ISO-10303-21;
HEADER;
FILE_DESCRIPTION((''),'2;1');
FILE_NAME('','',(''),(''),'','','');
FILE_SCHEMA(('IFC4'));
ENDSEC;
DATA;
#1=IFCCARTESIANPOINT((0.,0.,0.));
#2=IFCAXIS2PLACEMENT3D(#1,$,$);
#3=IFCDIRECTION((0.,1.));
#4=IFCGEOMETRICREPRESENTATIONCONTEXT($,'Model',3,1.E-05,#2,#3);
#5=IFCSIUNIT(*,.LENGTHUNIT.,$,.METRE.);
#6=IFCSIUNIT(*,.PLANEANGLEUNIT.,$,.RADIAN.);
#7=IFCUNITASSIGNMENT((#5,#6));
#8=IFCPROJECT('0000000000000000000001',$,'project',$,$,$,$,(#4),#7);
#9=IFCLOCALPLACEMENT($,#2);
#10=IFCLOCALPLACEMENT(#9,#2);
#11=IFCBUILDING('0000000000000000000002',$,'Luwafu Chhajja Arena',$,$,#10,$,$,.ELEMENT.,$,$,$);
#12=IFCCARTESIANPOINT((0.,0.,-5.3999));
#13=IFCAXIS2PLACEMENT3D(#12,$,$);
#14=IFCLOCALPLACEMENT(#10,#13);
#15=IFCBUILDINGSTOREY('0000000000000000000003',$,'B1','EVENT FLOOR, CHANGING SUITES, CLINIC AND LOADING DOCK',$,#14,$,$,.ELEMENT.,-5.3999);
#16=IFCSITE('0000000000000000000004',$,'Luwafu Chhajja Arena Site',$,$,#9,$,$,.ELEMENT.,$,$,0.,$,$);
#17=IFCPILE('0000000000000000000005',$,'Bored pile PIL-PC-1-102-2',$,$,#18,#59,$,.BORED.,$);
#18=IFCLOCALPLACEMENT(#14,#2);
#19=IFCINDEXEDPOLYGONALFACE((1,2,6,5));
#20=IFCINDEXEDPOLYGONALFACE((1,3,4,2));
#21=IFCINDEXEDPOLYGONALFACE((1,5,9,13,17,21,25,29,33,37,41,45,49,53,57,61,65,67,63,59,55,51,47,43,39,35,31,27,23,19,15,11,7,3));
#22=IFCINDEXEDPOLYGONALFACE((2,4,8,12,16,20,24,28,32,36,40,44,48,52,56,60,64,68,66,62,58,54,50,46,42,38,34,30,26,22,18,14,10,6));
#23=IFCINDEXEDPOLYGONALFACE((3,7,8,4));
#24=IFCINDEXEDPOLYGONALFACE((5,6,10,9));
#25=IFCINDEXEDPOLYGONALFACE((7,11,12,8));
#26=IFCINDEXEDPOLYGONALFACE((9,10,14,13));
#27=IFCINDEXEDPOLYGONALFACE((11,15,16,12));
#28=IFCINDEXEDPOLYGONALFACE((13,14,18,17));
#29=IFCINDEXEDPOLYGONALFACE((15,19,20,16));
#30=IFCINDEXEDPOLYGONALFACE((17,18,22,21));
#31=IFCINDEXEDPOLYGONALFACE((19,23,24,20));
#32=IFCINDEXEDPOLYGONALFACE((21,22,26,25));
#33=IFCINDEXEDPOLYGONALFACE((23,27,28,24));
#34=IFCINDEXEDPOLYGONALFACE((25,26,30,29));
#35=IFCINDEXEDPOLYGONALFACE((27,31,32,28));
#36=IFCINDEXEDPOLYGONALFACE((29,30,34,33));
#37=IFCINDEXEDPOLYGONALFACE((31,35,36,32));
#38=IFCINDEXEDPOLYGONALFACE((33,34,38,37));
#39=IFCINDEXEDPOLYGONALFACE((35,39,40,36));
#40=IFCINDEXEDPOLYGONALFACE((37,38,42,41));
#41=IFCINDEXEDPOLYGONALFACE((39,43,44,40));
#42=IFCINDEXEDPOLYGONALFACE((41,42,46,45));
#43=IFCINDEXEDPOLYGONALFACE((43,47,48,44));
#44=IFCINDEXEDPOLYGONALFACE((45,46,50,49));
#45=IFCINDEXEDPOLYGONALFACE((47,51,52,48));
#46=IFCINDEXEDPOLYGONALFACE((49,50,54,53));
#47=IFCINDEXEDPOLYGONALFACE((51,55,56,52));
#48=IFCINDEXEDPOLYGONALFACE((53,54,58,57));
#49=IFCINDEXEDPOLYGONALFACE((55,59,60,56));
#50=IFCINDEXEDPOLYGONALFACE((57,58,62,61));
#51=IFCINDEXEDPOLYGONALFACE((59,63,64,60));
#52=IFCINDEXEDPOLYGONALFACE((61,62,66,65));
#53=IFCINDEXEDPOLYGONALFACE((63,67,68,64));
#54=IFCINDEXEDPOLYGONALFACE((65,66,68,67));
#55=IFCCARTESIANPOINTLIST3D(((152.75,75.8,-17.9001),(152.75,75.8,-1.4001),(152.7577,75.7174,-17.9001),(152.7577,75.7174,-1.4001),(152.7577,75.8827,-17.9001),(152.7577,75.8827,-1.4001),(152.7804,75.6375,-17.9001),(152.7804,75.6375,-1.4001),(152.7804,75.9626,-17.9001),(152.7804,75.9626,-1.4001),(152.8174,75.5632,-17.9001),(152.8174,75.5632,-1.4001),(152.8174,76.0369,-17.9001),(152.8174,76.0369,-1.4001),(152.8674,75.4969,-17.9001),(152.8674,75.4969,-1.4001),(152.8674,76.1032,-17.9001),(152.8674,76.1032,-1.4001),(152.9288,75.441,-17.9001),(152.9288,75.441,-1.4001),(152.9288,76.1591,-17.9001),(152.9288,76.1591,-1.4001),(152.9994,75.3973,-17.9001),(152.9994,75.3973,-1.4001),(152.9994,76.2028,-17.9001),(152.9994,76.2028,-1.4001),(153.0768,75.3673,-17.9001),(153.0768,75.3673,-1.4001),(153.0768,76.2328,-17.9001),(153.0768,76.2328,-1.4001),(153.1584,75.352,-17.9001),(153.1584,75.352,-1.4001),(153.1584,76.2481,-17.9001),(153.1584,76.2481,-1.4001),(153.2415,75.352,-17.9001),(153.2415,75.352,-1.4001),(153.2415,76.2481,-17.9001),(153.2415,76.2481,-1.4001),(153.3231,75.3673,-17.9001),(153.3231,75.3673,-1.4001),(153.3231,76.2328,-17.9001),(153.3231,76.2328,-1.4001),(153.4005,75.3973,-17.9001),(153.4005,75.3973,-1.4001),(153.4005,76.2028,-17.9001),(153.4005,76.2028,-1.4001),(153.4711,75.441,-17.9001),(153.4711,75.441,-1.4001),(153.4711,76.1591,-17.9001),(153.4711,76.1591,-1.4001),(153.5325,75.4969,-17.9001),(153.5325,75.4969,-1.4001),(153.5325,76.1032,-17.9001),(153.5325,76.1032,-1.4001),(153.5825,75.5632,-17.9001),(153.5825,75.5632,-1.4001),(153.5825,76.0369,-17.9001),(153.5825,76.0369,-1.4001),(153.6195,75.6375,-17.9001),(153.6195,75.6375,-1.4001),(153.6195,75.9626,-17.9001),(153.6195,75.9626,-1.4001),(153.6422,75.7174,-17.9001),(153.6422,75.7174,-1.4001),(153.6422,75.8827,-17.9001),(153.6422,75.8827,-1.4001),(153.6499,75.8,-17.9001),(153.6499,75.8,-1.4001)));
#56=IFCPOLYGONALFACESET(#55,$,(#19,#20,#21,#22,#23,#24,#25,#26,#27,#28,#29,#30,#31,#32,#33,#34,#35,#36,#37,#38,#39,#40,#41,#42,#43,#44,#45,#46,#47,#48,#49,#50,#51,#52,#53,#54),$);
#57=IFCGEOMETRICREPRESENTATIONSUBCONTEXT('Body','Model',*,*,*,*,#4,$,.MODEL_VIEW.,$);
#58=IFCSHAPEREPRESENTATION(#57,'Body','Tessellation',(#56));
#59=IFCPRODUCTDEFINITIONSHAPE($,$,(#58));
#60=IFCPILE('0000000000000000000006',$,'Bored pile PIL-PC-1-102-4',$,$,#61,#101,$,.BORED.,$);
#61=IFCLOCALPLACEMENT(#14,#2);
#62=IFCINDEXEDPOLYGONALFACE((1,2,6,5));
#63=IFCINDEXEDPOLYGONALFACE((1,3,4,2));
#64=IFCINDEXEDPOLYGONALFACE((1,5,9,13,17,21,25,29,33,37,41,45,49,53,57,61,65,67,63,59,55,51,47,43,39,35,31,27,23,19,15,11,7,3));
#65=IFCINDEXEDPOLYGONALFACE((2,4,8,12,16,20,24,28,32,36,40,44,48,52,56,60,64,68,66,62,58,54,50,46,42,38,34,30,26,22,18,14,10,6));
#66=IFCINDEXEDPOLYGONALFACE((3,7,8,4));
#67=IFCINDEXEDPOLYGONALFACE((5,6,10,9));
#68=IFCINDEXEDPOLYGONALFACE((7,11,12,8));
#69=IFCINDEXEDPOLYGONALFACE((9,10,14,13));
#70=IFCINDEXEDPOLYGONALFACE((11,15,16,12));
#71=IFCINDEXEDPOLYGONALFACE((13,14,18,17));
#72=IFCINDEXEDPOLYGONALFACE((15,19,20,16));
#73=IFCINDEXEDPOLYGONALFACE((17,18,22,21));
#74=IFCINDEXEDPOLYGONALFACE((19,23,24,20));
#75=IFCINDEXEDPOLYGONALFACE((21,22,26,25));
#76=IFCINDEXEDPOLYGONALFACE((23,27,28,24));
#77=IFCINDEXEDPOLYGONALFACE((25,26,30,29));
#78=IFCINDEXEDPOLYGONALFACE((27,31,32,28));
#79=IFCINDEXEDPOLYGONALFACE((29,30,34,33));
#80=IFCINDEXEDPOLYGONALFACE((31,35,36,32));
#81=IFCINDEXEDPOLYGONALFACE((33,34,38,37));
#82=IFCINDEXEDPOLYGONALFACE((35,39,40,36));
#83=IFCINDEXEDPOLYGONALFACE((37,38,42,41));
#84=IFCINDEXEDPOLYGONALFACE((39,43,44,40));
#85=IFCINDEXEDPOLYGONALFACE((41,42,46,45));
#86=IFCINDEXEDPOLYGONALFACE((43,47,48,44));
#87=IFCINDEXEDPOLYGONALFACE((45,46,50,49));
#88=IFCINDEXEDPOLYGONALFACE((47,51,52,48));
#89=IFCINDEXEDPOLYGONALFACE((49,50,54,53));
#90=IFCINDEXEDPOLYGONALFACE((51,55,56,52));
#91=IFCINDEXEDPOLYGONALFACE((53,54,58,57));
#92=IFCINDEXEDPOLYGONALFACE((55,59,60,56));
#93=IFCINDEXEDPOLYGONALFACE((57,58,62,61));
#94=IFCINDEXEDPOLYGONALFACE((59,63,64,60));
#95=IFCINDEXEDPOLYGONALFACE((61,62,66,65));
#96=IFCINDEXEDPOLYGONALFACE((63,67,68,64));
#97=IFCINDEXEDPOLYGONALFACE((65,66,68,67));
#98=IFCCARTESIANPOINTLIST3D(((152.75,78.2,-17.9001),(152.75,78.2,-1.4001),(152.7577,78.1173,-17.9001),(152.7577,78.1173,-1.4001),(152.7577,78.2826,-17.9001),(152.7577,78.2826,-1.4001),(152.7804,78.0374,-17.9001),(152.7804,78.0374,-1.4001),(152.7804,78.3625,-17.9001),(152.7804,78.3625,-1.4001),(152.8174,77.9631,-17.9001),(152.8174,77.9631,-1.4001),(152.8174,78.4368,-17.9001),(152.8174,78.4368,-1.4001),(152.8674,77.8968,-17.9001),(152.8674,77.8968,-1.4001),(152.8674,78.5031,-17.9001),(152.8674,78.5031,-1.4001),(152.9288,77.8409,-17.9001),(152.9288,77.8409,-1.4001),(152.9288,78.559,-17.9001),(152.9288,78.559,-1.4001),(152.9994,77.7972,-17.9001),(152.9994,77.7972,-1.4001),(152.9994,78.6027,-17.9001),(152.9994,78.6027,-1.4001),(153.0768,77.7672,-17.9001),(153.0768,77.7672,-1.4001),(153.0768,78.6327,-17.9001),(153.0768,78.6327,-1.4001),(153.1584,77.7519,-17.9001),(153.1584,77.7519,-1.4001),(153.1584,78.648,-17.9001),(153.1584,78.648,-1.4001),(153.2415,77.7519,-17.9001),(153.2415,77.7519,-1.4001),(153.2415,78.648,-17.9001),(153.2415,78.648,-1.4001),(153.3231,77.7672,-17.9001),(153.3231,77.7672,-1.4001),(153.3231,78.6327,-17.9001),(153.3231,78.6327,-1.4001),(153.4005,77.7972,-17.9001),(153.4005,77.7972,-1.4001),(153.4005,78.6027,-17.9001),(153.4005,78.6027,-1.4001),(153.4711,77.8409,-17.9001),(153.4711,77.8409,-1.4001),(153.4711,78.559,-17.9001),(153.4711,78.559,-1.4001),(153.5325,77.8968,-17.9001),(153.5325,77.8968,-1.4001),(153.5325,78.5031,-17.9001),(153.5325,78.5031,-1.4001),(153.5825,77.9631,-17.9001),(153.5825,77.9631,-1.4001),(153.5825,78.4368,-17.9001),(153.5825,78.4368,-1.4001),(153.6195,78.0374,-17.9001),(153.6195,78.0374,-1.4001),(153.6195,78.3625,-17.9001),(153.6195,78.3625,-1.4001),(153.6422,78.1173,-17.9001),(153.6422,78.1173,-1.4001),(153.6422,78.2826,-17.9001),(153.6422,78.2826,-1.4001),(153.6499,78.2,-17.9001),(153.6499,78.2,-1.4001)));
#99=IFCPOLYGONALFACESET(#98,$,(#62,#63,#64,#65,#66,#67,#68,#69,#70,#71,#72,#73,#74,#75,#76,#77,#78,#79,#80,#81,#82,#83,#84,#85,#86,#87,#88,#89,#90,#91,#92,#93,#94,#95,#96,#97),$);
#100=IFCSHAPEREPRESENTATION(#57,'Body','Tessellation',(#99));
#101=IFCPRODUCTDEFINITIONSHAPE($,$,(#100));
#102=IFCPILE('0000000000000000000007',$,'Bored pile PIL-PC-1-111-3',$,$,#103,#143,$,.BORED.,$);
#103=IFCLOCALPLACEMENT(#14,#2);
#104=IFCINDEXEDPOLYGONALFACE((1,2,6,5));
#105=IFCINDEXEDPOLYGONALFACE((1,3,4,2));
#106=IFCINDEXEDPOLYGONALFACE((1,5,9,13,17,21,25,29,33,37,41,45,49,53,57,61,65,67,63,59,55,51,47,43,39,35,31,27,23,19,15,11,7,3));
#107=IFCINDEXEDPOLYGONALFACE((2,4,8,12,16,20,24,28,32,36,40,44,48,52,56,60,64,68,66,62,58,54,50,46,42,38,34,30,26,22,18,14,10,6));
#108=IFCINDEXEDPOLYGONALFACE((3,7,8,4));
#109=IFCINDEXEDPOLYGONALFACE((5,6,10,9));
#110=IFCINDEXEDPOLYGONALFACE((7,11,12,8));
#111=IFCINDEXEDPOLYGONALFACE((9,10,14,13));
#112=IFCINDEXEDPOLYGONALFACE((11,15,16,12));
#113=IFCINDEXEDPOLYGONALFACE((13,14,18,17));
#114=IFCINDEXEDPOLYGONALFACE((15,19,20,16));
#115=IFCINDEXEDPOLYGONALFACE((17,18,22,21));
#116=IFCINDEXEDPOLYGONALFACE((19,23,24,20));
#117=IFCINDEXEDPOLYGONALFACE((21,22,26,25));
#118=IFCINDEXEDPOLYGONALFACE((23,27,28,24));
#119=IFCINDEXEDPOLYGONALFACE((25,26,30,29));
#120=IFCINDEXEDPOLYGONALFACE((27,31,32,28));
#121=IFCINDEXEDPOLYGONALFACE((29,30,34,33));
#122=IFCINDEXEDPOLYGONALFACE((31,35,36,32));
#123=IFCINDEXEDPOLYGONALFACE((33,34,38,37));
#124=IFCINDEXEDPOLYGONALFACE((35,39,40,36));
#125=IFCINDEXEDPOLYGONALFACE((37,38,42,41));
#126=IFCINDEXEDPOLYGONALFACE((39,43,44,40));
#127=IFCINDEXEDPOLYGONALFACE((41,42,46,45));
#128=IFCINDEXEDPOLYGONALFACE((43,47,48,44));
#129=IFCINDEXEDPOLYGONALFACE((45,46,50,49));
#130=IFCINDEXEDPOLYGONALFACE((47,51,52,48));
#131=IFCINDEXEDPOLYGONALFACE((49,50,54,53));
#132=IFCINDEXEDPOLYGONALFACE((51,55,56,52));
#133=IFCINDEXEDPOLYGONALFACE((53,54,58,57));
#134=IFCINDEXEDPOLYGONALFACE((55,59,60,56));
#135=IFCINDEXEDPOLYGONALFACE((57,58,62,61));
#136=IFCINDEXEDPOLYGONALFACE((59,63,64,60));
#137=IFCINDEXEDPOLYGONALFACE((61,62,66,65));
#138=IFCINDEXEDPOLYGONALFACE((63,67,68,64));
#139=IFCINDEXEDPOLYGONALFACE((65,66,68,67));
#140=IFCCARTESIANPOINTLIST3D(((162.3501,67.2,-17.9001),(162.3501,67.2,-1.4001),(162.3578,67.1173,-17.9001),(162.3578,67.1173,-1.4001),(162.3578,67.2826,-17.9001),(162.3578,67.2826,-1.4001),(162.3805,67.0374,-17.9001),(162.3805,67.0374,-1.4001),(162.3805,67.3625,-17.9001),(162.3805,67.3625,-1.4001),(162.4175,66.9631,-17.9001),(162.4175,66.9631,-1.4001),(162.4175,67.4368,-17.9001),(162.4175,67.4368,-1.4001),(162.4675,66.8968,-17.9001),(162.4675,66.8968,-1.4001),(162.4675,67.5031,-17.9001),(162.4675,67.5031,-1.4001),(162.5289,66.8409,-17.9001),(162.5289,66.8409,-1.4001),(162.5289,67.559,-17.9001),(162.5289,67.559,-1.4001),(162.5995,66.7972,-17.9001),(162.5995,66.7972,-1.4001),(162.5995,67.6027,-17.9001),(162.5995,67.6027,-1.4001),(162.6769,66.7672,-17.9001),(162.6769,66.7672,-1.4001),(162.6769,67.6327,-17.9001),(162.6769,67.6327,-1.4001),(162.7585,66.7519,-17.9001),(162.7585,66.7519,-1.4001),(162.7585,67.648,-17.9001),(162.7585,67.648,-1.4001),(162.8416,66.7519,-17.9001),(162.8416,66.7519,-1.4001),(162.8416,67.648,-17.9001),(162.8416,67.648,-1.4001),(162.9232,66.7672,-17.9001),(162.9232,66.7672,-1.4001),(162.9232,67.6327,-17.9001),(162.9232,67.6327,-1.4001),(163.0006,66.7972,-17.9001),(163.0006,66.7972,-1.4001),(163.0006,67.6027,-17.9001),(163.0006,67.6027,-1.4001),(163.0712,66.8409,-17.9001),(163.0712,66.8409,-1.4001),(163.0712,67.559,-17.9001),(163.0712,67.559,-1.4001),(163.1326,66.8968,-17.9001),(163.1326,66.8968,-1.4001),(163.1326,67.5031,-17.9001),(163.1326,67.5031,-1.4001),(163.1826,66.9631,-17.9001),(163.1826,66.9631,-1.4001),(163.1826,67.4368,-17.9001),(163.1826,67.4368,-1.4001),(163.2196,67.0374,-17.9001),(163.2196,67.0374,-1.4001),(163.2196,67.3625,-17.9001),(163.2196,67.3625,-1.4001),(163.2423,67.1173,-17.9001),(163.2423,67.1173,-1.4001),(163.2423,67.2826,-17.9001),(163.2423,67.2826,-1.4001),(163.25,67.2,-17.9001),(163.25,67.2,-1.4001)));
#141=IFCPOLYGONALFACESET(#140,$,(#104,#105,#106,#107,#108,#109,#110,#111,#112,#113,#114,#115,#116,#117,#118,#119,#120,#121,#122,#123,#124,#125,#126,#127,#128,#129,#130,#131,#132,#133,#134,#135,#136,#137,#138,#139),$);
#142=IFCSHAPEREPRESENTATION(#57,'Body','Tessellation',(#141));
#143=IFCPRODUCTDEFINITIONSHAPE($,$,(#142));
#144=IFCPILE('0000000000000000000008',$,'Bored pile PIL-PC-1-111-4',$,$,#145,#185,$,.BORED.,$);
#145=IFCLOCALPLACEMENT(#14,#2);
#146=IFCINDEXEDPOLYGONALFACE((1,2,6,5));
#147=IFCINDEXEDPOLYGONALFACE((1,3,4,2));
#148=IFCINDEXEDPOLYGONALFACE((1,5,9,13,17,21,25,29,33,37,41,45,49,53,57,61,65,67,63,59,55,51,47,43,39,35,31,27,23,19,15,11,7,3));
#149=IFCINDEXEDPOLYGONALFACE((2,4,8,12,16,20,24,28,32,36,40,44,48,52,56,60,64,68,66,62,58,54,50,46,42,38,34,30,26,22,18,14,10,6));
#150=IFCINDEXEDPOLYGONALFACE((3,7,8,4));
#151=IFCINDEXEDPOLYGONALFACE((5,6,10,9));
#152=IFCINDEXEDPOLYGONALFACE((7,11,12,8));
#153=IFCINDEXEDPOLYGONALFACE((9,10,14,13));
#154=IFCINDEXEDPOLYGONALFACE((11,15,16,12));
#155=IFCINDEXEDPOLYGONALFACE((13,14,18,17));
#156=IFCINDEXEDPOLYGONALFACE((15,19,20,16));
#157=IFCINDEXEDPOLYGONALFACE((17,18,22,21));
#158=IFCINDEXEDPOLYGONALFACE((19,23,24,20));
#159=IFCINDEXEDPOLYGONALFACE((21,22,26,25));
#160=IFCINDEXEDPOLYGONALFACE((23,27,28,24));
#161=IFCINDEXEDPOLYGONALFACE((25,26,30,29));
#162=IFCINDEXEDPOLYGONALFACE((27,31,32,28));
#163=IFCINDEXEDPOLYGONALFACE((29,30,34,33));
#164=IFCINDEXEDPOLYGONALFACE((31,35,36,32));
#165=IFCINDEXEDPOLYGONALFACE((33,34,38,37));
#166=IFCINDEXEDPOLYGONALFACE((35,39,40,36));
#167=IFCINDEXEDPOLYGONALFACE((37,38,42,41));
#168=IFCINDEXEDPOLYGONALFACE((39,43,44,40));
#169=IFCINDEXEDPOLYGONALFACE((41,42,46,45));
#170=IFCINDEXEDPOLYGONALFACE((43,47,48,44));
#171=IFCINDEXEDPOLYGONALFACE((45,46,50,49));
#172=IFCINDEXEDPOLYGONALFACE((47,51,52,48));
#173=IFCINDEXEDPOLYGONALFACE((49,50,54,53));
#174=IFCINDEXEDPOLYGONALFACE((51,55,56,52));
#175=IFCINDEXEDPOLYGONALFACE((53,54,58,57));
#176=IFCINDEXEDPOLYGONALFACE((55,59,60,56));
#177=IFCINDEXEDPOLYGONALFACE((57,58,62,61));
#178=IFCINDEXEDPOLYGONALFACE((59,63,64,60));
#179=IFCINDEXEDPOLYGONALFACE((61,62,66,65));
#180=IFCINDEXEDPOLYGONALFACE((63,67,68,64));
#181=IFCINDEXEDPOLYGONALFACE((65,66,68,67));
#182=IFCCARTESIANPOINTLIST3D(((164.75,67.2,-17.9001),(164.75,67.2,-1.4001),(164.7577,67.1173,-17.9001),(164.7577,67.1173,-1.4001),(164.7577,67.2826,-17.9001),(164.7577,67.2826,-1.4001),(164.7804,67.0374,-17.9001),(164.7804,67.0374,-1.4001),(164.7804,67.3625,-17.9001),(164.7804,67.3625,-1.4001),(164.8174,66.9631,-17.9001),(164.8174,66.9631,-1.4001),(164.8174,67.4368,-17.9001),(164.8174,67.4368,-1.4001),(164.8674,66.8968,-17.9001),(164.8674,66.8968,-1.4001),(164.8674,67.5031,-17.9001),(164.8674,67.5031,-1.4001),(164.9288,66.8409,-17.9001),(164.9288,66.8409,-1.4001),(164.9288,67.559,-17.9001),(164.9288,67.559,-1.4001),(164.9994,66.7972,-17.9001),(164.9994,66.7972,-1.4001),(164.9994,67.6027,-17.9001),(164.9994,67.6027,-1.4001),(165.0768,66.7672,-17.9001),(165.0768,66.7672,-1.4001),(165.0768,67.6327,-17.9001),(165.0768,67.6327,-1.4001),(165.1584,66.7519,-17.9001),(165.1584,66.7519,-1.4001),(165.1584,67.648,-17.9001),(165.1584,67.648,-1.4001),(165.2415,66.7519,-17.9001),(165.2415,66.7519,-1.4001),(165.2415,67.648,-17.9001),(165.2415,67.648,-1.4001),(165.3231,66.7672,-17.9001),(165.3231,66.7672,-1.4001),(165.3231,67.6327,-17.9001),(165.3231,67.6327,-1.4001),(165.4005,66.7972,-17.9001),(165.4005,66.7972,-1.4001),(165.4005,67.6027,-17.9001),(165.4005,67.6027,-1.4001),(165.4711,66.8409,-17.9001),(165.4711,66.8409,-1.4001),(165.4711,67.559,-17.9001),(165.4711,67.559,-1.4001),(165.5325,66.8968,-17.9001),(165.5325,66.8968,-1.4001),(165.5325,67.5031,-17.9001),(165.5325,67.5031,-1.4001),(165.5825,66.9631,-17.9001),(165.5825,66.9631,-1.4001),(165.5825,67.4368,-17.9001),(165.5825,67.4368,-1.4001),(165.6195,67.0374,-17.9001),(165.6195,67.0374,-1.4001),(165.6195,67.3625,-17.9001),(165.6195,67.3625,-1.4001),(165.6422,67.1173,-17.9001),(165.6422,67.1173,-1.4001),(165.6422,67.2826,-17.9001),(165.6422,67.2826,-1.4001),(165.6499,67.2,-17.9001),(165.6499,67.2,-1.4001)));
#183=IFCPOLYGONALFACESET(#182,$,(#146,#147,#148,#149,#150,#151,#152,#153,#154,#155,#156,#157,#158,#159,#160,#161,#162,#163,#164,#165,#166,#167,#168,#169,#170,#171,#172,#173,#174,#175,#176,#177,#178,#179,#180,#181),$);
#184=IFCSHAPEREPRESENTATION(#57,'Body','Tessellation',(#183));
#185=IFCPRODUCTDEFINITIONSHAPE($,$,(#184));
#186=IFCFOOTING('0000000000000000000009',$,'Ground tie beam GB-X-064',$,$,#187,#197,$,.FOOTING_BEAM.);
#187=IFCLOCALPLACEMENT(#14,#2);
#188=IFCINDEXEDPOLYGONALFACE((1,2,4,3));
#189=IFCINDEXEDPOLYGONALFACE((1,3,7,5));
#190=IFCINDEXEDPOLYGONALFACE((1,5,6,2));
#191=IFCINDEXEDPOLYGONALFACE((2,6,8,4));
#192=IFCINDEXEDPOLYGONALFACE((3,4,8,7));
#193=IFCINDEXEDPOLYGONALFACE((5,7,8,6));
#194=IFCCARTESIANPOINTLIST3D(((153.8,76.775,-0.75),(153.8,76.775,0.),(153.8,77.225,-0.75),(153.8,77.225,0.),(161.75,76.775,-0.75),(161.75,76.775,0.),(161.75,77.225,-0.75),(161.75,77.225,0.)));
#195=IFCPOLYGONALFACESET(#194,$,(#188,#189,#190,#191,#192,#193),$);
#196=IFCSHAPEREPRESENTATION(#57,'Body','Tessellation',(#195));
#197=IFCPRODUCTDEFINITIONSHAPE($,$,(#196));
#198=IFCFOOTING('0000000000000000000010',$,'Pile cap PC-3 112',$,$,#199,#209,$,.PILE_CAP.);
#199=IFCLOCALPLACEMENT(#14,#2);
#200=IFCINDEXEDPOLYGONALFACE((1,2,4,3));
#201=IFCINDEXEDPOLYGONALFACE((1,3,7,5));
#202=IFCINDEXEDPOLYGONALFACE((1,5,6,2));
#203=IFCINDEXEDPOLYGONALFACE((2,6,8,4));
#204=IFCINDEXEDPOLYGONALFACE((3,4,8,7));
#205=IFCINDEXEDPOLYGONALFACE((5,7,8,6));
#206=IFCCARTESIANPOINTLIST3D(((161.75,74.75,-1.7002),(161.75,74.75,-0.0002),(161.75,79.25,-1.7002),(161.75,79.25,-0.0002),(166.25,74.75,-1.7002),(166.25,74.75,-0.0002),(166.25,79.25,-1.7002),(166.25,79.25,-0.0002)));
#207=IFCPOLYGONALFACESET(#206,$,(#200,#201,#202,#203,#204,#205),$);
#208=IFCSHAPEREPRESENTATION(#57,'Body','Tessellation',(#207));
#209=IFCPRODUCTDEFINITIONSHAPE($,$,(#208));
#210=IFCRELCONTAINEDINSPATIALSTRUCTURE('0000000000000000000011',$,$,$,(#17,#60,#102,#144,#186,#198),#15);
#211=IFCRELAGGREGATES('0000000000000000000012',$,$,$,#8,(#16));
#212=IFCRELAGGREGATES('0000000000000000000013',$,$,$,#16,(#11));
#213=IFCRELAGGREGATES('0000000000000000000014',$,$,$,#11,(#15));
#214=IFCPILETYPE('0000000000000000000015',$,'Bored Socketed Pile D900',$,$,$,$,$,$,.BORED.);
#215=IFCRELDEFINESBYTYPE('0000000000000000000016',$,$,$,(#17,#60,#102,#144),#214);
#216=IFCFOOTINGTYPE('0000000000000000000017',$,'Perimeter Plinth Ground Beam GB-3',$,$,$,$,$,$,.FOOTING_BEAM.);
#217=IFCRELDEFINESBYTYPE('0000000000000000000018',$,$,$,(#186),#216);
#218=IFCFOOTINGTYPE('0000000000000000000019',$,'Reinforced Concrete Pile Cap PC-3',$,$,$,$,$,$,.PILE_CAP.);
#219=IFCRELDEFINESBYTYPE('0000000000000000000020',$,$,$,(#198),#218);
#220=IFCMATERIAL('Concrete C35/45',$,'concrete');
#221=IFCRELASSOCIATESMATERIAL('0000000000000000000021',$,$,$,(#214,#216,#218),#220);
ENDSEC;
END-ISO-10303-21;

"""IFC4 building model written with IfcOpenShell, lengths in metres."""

from ifc_helpers import new_model, si_unit, direction, frame, origin, origin_2d, place, context, subcontext, project, spatial, rectangle, circle, extrude, material, material_profile, profile_set, type_object, element, save


model = new_model("IFC4")

# Units and contexts
model_context = context("Model", 3, precision=1e-05, world=origin(), true_north=direction((0.0, 1.0)))
body_context = subcontext(model_context, "Body", "Model", "MODEL_VIEW")
ifc_project = project(units=[si_unit("LENGTHUNIT", "METRE"), si_unit("PLANEANGLEUNIT", "RADIAN")], contexts=[model_context])

# Site, building, storey
site_placement = place(None, origin())
site = spatial("IfcSite", under=ifc_project, at=site_placement, Name="Luwafu Chhajja Arena Site", CompositionType="ELEMENT", RefElevation=0.0)
building_placement = place(site_placement, origin())
building = spatial("IfcBuilding", under=site, at=building_placement, Name="Luwafu Chhajja Arena", CompositionType="ELEMENT")
storey_placement = place(building_placement, frame((0.0, 0.0, -5.3999)))
storey = spatial("IfcBuildingStorey", under=building, at=storey_placement, Name="B1", Description="EVENT FLOOR, CHANGING SUITES, CLINIC AND LOADING DOCK", CompositionType="ELEMENT", Elevation=-5.3999)

# Piles
ifc_material_1 = material(Name="Concrete C35/45", Category="concrete")
ifc_material_profile_1 = material_profile(ifc_material_1, circle(Radius=0.45, at=origin_2d()), Name="PILE D900")
ifc_profile_set_1 = profile_set([ifc_material_profile_1], Name="Concrete C35/45")
pile_type_1 = type_object("IfcPileType", Name="Bored Socketed Pile D900", PredefinedType="BORED", material=ifc_profile_set_1)
for number, where, z_axis, x_axis, name in (
    (1, (153.2, 75.8, -1.4001), (0.0, 0.0, -1.0), (1.0, 0.0, 0.0), "Bored pile PIL-PC-1-102-2"),
    (2, (153.2, 78.2, -1.4001), (0.0, 0.0, -1.0), (1.0, 0.0, 0.0), "Bored pile PIL-PC-1-102-4"),
    (3, (162.8, 67.2, -1.4001), (0.0, 0.0, -1.0), (1.0, 0.0, 0.0), "Bored pile PIL-PC-1-111-3"),
    (4, (165.2, 67.2, -1.4001), (0.0, 0.0, -1.0), (1.0, 0.0, 0.0), "Bored pile PIL-PC-1-111-4"),
):
    element("IfcPile", number, at=place(storey_placement, frame(where, z_axis=z_axis, x_axis=x_axis)), inside=storey, type_object=pile_type_1, Name=name, PredefinedType="BORED", context=body_context, shape_type="SweptSolid", body=[
        extrude(circle(Radius=0.45, at=origin_2d()), origin(), (0.0, 0.0, 1.0), 16.5),
    ])

# Footings
ifc_material_profile_2 = material_profile(ifc_material_1, rectangle(XDim=0.45, YDim=0.75, at=origin_2d()), Name="RC 450x750")
ifc_profile_set_2 = profile_set([ifc_material_profile_2], Name="Concrete C35/45")
footing_type_1 = type_object("IfcFootingType", Name="Perimeter Plinth Ground Beam GB-3", PredefinedType="FOOTING_BEAM", material=ifc_profile_set_2)
footing_1_placement = place(storey_placement, frame((153.8, 77.0, -0.375), z_axis=(1.0, 0.0, 0.0), x_axis=(0.0, 1.0, 0.0)))
element("IfcFooting", 5, at=footing_1_placement, inside=storey, type_object=footing_type_1, Name="Ground tie beam GB-X-064", PredefinedType="FOOTING_BEAM", context=body_context, shape_type="SweptSolid", body=[
    extrude(rectangle(XDim=0.45, YDim=0.75, at=origin_2d()), origin(), (0.0, 0.0, 1.0), 7.95),
])
footing_type_2 = type_object("IfcFootingType", Name="Reinforced Concrete Pile Cap PC-3", PredefinedType="PILE_CAP", material=ifc_material_1)
footing_2_placement = place(storey_placement, frame((164.0, 77.0, -1.7002), z_axis=(0.0, 0.0, 1.0), x_axis=(1.0, 0.0, 0.0)))
element("IfcFooting", 6, at=footing_2_placement, inside=storey, type_object=footing_type_2, Name="Pile cap PC-3 112", PredefinedType="PILE_CAP", context=body_context, shape_type="SweptSolid", body=[
    extrude(rectangle(XDim=4.5, YDim=4.5, at=origin_2d()), origin(), (0.0, 0.0, 1.0), 1.7),
])

save(model, "model.ifc")
